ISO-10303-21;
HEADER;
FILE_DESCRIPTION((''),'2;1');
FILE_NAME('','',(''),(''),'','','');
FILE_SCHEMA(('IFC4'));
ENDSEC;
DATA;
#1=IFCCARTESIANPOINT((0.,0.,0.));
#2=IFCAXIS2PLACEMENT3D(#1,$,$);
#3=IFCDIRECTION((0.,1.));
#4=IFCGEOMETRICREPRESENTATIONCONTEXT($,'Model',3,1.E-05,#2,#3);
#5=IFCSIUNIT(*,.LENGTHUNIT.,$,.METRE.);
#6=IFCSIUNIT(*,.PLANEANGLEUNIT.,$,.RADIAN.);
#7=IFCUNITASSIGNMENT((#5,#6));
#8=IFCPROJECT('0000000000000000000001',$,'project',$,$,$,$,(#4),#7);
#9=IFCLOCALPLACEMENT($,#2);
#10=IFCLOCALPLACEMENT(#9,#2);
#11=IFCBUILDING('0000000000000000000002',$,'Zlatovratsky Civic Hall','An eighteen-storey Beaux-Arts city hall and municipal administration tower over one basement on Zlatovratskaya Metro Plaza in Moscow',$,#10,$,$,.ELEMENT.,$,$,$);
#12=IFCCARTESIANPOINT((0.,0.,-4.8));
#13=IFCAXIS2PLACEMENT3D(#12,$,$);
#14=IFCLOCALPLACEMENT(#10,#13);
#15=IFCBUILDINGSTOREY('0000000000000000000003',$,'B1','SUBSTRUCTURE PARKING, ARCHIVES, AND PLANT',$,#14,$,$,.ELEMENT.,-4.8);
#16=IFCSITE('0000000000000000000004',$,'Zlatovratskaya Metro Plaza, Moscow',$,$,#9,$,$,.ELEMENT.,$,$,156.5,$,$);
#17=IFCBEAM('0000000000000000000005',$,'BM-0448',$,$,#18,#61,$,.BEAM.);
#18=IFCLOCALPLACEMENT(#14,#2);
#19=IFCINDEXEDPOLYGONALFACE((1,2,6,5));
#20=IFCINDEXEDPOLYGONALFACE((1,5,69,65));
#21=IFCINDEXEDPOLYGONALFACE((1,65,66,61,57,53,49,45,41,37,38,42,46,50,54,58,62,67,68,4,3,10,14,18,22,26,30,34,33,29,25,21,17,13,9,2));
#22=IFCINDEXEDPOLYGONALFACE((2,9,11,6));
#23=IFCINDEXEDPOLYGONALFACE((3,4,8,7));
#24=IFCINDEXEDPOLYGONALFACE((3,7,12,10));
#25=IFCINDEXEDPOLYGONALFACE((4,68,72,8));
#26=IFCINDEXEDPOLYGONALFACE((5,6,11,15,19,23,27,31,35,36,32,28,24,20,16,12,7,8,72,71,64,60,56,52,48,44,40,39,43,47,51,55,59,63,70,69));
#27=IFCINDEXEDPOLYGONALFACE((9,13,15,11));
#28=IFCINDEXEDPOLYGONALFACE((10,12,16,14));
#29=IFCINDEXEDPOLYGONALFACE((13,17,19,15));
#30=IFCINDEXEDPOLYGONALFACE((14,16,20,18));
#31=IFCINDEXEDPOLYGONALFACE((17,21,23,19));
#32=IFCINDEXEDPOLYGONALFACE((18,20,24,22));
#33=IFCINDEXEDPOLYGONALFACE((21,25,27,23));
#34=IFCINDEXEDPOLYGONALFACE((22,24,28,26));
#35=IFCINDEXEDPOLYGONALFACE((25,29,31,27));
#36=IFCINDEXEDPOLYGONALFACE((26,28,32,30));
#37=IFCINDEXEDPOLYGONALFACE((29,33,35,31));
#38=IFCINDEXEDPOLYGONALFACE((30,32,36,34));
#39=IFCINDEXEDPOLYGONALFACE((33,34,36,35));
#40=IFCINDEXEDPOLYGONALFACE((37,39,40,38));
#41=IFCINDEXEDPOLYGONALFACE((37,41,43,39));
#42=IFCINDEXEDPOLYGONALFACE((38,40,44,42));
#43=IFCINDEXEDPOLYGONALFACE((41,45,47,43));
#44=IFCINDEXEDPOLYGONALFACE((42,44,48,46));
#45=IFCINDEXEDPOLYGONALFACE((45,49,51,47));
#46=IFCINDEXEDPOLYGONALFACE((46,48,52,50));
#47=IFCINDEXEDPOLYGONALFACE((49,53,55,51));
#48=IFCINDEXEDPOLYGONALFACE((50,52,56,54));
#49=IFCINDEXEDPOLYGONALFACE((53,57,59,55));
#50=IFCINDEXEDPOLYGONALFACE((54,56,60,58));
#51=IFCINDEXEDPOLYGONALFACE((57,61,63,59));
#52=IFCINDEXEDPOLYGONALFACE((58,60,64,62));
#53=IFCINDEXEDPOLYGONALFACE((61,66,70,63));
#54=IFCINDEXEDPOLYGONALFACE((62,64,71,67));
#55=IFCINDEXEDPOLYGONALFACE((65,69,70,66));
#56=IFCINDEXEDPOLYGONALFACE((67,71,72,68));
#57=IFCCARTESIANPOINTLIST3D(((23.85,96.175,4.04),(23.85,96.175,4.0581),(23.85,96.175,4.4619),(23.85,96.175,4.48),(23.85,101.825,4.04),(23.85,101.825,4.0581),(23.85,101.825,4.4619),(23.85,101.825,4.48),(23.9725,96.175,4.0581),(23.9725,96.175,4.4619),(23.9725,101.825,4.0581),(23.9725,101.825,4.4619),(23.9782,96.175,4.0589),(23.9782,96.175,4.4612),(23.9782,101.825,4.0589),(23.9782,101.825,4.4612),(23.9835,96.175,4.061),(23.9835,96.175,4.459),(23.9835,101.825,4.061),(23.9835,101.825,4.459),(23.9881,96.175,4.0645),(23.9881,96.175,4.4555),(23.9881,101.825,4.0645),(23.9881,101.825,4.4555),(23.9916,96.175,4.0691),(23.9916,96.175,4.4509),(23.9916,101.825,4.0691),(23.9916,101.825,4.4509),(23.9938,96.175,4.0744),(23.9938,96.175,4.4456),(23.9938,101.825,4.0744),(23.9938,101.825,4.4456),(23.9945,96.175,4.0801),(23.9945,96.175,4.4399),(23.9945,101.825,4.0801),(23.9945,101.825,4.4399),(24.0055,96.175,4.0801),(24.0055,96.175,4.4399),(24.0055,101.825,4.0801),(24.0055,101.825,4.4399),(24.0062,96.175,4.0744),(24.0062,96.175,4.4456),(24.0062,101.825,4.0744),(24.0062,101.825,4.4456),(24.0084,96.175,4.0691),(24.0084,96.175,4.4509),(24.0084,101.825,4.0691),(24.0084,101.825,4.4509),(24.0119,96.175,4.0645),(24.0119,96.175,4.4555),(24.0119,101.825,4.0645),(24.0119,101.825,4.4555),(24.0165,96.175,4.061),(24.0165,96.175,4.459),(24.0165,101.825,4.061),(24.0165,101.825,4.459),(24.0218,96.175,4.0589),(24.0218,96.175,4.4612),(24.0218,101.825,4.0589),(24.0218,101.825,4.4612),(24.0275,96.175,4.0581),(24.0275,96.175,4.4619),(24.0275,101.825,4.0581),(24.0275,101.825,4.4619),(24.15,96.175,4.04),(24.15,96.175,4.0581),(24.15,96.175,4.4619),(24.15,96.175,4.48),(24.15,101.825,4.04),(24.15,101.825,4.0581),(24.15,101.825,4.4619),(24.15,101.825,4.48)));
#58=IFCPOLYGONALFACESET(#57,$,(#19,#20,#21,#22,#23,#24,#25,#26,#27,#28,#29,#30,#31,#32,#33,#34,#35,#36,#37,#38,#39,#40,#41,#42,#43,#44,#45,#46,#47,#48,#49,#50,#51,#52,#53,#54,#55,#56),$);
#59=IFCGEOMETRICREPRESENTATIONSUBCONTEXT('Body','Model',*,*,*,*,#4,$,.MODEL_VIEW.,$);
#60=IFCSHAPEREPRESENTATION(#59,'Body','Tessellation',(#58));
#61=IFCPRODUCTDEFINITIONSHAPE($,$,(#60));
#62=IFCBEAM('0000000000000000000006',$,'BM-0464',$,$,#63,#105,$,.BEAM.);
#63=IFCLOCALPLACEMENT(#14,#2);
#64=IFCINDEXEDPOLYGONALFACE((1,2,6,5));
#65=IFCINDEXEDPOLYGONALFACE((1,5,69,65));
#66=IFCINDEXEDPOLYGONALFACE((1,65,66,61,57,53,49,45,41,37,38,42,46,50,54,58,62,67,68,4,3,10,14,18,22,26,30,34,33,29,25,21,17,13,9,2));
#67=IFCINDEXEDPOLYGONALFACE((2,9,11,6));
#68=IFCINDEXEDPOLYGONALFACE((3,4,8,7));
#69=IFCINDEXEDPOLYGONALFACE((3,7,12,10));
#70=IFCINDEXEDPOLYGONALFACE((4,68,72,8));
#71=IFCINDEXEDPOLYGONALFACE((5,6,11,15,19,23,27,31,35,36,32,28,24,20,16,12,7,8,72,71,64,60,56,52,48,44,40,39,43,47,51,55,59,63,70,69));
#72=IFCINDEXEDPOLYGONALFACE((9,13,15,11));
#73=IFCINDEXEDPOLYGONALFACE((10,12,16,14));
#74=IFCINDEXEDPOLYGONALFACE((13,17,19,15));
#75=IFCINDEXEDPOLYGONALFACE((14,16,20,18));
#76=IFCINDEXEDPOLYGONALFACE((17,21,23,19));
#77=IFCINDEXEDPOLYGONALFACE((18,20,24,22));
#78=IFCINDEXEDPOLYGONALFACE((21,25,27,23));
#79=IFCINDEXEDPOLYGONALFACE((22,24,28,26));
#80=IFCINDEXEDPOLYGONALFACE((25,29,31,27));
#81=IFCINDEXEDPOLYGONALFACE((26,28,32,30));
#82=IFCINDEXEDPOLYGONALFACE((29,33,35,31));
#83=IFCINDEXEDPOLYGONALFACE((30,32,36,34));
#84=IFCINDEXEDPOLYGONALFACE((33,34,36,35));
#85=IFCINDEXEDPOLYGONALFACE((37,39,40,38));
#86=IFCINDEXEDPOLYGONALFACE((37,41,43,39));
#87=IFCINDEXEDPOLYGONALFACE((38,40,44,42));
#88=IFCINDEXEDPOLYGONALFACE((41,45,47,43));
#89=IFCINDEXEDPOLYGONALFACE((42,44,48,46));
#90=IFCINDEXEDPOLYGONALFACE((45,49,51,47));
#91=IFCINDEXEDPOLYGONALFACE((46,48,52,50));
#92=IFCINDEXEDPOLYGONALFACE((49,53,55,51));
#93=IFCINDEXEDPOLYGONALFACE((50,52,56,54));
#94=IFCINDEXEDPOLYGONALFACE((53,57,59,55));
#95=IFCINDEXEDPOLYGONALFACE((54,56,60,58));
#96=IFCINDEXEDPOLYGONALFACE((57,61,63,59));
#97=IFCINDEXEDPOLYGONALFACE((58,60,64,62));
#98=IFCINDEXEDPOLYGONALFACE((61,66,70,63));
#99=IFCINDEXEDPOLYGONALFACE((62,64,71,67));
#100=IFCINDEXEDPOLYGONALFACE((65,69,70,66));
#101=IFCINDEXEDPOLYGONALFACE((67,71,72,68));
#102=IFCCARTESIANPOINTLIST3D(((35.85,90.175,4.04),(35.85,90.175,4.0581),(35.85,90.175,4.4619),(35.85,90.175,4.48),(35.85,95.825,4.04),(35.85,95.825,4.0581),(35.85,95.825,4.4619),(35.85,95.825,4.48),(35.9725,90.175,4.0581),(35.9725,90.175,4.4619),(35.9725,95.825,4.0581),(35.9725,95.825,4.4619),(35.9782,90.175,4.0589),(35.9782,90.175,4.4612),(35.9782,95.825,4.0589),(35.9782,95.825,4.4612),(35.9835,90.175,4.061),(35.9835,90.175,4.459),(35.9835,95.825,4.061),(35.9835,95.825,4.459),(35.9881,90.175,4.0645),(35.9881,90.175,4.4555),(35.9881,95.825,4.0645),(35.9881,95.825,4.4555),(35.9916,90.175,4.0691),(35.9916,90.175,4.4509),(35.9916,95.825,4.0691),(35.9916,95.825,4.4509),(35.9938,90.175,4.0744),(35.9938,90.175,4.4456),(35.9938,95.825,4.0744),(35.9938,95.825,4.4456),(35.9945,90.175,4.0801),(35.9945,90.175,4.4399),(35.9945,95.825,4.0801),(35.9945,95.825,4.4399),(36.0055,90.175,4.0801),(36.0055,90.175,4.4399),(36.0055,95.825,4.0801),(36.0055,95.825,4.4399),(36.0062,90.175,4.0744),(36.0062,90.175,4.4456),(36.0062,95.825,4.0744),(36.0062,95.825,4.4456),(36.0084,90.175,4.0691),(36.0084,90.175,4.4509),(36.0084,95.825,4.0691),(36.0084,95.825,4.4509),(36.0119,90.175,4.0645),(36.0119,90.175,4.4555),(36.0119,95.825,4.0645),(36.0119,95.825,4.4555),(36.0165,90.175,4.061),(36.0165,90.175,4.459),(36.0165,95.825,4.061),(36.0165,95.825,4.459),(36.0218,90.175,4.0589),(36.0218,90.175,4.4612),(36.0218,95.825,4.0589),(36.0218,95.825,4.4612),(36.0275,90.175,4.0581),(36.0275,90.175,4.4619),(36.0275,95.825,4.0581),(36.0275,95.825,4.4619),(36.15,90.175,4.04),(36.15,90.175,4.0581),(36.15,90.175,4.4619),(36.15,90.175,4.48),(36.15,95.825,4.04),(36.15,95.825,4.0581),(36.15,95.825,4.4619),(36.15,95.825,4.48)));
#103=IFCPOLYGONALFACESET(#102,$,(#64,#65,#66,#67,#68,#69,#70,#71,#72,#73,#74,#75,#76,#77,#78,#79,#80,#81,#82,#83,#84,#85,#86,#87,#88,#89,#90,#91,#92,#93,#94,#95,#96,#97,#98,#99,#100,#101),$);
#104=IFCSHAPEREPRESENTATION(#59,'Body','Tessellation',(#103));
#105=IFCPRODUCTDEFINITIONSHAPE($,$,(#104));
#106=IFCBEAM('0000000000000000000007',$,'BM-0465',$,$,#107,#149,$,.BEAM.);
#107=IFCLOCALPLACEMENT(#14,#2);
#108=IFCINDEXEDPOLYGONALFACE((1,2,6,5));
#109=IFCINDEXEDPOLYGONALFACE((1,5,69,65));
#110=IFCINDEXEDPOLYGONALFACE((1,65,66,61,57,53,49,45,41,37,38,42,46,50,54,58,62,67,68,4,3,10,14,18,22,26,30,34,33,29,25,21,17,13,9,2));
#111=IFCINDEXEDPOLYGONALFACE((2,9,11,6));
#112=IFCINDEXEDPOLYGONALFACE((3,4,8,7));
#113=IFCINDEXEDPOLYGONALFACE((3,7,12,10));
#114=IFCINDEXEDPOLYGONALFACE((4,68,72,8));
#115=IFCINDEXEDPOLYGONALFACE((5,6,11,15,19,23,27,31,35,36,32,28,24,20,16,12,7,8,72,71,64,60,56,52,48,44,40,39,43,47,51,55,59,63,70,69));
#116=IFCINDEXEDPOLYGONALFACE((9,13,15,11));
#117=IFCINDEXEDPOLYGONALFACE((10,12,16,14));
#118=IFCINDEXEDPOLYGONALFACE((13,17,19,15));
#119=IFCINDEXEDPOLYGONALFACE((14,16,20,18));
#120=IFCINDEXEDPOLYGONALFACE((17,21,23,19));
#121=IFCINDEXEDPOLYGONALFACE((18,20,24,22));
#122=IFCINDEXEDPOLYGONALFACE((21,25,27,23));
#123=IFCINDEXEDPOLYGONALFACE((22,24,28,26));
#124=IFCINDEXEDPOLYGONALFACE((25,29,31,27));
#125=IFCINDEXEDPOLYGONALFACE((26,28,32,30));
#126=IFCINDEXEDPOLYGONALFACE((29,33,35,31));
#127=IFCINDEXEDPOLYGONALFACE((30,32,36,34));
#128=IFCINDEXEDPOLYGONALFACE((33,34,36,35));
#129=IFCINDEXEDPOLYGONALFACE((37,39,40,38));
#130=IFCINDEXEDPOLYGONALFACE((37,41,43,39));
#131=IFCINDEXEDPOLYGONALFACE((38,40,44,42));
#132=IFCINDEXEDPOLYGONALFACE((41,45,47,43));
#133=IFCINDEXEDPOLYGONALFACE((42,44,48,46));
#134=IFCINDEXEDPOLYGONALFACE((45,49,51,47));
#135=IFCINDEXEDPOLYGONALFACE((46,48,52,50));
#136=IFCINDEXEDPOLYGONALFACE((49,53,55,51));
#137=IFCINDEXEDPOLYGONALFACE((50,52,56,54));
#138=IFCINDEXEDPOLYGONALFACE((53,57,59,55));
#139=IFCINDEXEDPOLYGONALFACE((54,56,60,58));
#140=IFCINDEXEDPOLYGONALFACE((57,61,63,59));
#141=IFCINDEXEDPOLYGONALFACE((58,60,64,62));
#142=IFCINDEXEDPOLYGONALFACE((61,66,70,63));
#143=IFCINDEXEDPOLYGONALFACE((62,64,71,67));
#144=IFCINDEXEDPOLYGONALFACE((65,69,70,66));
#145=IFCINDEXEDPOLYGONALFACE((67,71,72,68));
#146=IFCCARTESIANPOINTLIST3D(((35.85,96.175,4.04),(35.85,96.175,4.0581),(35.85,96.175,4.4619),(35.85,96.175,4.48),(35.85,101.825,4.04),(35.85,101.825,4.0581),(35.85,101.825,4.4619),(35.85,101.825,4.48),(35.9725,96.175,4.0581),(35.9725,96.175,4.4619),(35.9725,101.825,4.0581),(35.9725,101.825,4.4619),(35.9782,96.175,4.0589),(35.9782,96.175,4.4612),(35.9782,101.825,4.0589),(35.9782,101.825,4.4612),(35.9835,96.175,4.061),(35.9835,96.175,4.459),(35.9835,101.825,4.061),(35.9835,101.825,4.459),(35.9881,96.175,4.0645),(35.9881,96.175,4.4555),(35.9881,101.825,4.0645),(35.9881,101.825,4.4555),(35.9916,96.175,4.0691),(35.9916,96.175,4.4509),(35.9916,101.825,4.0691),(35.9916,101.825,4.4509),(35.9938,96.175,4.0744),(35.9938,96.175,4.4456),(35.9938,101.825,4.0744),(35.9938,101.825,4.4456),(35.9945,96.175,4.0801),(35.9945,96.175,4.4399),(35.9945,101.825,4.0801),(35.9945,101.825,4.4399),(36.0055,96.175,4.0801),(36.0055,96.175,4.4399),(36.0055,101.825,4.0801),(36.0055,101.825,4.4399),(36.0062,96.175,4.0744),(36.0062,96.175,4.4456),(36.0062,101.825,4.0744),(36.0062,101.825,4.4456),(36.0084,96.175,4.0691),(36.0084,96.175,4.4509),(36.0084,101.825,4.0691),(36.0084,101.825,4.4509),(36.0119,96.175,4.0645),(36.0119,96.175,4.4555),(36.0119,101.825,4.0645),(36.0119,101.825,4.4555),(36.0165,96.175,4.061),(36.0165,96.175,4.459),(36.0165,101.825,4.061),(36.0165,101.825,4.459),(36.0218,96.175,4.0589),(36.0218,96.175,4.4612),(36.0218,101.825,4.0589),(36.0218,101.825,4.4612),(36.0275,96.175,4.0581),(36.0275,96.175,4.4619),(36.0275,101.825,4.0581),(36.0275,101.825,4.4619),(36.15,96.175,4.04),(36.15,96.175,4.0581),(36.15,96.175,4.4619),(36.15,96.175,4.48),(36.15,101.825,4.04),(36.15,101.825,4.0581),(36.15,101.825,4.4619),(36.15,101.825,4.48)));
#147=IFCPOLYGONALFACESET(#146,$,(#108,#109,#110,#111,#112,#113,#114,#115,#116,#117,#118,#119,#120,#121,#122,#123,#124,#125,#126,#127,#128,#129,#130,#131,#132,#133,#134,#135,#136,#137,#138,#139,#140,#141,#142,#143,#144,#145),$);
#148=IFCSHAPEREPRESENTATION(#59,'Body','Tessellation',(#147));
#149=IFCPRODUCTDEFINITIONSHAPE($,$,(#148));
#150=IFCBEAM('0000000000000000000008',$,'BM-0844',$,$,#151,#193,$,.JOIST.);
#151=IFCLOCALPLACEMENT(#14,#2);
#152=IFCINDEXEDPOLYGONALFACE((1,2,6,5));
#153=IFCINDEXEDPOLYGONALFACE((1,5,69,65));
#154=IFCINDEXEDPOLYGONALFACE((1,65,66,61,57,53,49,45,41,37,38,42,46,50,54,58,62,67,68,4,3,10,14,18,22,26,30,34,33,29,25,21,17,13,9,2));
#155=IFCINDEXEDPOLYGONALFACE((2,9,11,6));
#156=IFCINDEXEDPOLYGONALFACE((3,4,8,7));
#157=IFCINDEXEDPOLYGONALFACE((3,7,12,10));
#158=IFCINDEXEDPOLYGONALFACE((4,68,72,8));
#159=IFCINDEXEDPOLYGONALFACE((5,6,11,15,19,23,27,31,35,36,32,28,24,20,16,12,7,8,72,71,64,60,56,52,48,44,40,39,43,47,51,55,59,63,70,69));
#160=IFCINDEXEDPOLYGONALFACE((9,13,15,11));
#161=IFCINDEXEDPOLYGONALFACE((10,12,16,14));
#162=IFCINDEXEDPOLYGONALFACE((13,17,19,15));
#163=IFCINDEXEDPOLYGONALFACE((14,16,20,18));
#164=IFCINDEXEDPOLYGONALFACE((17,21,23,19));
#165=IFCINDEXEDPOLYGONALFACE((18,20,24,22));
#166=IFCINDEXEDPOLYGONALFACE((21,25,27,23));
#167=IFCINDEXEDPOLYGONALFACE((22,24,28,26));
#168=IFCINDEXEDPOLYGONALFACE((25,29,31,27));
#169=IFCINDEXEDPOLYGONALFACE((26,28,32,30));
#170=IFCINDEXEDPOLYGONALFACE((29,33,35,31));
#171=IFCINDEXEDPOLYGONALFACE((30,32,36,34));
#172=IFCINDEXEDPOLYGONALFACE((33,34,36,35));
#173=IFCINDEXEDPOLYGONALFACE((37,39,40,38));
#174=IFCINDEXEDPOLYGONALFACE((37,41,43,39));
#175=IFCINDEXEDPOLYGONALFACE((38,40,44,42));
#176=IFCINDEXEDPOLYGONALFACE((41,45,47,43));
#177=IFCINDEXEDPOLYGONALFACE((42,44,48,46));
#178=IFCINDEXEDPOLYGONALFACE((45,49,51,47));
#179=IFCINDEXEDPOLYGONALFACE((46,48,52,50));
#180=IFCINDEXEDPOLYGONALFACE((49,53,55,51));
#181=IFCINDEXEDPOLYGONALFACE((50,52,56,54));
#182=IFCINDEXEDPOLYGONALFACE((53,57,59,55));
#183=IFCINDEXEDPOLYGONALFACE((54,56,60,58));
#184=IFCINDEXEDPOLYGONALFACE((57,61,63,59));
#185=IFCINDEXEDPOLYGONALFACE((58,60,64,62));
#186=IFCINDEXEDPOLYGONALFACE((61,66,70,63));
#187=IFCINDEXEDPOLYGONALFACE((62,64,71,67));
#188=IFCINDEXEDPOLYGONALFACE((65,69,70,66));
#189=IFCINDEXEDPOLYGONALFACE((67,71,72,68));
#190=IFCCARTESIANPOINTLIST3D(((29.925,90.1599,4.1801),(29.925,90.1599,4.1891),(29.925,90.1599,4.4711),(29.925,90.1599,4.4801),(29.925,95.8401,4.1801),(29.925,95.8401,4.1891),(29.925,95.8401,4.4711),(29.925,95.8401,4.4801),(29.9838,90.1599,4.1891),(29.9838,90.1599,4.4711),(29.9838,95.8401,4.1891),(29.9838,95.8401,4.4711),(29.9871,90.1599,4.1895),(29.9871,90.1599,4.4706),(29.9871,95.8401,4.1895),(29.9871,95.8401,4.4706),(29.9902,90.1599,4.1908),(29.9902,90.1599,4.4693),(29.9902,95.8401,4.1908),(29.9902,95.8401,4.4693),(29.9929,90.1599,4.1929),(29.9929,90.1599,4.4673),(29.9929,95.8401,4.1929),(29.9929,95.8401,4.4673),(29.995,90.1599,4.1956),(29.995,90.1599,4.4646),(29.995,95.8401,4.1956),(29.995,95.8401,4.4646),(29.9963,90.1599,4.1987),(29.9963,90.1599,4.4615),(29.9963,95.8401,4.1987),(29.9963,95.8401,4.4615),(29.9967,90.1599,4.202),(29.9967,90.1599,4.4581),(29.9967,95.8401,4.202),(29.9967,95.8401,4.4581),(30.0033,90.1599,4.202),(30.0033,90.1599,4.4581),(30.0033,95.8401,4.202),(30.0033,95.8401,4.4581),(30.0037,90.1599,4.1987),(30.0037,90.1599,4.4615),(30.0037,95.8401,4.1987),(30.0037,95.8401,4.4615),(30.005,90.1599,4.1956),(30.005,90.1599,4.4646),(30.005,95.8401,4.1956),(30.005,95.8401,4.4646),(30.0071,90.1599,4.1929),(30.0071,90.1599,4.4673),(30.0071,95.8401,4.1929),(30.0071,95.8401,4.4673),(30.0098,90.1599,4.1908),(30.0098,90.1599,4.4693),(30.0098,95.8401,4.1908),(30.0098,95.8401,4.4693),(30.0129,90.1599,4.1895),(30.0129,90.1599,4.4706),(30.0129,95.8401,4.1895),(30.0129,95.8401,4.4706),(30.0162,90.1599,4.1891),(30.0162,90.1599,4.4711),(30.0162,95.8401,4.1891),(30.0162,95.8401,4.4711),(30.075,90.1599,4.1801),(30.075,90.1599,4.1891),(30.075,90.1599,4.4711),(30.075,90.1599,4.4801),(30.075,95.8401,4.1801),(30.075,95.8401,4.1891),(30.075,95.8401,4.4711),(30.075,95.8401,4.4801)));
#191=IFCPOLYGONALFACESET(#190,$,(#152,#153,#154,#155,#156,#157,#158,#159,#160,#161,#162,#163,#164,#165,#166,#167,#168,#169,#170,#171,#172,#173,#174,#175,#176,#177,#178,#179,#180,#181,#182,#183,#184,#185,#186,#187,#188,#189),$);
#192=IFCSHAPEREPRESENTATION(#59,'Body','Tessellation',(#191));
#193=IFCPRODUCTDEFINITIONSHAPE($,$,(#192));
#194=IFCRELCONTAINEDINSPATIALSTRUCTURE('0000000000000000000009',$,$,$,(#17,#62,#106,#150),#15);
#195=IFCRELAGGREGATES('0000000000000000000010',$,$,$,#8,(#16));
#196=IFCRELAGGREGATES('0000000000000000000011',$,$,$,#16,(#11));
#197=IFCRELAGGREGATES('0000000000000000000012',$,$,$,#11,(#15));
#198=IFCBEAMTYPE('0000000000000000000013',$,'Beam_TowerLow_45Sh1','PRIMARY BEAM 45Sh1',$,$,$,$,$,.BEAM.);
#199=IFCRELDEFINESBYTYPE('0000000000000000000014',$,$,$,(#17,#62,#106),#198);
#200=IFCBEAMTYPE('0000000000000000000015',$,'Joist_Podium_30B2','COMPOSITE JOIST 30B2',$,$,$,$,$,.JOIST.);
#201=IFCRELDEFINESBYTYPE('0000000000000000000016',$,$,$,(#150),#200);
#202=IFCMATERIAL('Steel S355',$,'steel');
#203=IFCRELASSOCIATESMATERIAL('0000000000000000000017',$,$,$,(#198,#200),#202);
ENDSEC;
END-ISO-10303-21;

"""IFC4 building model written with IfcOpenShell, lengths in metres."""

from ifc_helpers import new_model, si_unit, direction, frame, origin, origin_2d, place, context, subcontext, project, spatial, i_section, extrude, material, material_profile, profile_set, type_object, element, save


model = new_model("IFC4")

# Units and contexts
model_context = context("Model", 3, precision=1e-05, world=origin(), true_north=direction((0.0, 1.0)))
body_context = subcontext(model_context, "Body", "Model", "MODEL_VIEW")
ifc_project = project(units=[si_unit("LENGTHUNIT", "METRE"), si_unit("PLANEANGLEUNIT", "RADIAN")], contexts=[model_context])

# Site, building, storey
site_placement = place(None, origin())
site = spatial("IfcSite", under=ifc_project, at=site_placement, Name="Zlatovratskaya Metro Plaza, Moscow", CompositionType="ELEMENT", RefElevation=156.5)
building_placement = place(site_placement, origin())
building = spatial("IfcBuilding", under=site, at=building_placement, Name="Zlatovratsky Civic Hall", Description="An eighteen-storey Beaux-Arts city hall and municipal administration tower over one basement on Zlatovratskaya Metro Plaza in Moscow", CompositionType="ELEMENT")
storey_placement = place(building_placement, frame((0.0, 0.0, -4.8)))
storey = spatial("IfcBuildingStorey", under=building, at=storey_placement, Name="B1", Description="SUBSTRUCTURE PARKING, ARCHIVES, AND PLANT", CompositionType="ELEMENT", Elevation=-4.8)

# Shared definitions
ifc_material_1 = material(Name="Steel S355", Category="steel")

# Beams
ifc_material_profile_1 = material_profile(ifc_material_1, i_section(OverallWidth=0.3, OverallDepth=0.4399, WebThickness=0.011, FlangeThickness=0.0181, FilletRadius=0.022, at=origin_2d()), Name="45Sh1")
ifc_profile_set_1 = profile_set([ifc_material_profile_1], Name="Steel S355")
beam_type_1 = type_object("IfcBeamType", Name="Beam_TowerLow_45Sh1", Description="PRIMARY BEAM 45Sh1", PredefinedType="BEAM", material=ifc_profile_set_1)
for number, where, z_axis, x_axis, name in (
    (1, (24.0, 96.175, 4.26), (0.0, 1.0, 0.0), (-1.0, 0.0, 0.0), "BM-0448"),
    (2, (36.0, 90.175, 4.26), (0.0, 1.0, 0.0), (-1.0, 0.0, 0.0), "BM-0464"),
    (3, (36.0, 96.175, 4.26), (0.0, 1.0, 0.0), (-1.0, 0.0, 0.0), "BM-0465"),
):
    element("IfcBeam", number, at=place(storey_placement, frame(where, z_axis=z_axis, x_axis=x_axis)), inside=storey, type_object=beam_type_1, Name=name, PredefinedType="BEAM", context=body_context, shape_type="SweptSolid", body=[
        extrude(i_section(OverallWidth=0.3, OverallDepth=0.4399, WebThickness=0.011, FlangeThickness=0.0181, FilletRadius=0.022, at=origin_2d()), origin(), (0.0, 0.0, 1.0), 5.6499),
    ])
ifc_material_profile_2 = material_profile(ifc_material_1, i_section(OverallWidth=0.1499, OverallDepth=0.3, WebThickness=0.0066, FlangeThickness=0.009, FilletRadius=0.0129, at=origin_2d()), Name="30B2")
ifc_profile_set_2 = profile_set([ifc_material_profile_2], Name="Steel S355")
beam_type_2 = type_object("IfcBeamType", Name="Joist_Podium_30B2", Description="COMPOSITE JOIST 30B2", PredefinedType="JOIST", material=ifc_profile_set_2)
for number, where, z_axis, x_axis, name in (
    (4, (30.0, 90.1599, 4.3301), (0.0, 1.0, 0.0), (-1.0, 0.0, 0.0), "BM-0844"),
):
    element("IfcBeam", number, at=place(storey_placement, frame(where, z_axis=z_axis, x_axis=x_axis)), inside=storey, type_object=beam_type_2, Name=name, PredefinedType="JOIST", context=body_context, shape_type="SweptSolid", body=[
        extrude(i_section(OverallWidth=0.1499, OverallDepth=0.3, WebThickness=0.0066, FlangeThickness=0.009, FilletRadius=0.0129, at=origin_2d()), origin(), (0.0, 0.0, 1.0), 5.6802),
    ])

save(model, "model.ifc")
